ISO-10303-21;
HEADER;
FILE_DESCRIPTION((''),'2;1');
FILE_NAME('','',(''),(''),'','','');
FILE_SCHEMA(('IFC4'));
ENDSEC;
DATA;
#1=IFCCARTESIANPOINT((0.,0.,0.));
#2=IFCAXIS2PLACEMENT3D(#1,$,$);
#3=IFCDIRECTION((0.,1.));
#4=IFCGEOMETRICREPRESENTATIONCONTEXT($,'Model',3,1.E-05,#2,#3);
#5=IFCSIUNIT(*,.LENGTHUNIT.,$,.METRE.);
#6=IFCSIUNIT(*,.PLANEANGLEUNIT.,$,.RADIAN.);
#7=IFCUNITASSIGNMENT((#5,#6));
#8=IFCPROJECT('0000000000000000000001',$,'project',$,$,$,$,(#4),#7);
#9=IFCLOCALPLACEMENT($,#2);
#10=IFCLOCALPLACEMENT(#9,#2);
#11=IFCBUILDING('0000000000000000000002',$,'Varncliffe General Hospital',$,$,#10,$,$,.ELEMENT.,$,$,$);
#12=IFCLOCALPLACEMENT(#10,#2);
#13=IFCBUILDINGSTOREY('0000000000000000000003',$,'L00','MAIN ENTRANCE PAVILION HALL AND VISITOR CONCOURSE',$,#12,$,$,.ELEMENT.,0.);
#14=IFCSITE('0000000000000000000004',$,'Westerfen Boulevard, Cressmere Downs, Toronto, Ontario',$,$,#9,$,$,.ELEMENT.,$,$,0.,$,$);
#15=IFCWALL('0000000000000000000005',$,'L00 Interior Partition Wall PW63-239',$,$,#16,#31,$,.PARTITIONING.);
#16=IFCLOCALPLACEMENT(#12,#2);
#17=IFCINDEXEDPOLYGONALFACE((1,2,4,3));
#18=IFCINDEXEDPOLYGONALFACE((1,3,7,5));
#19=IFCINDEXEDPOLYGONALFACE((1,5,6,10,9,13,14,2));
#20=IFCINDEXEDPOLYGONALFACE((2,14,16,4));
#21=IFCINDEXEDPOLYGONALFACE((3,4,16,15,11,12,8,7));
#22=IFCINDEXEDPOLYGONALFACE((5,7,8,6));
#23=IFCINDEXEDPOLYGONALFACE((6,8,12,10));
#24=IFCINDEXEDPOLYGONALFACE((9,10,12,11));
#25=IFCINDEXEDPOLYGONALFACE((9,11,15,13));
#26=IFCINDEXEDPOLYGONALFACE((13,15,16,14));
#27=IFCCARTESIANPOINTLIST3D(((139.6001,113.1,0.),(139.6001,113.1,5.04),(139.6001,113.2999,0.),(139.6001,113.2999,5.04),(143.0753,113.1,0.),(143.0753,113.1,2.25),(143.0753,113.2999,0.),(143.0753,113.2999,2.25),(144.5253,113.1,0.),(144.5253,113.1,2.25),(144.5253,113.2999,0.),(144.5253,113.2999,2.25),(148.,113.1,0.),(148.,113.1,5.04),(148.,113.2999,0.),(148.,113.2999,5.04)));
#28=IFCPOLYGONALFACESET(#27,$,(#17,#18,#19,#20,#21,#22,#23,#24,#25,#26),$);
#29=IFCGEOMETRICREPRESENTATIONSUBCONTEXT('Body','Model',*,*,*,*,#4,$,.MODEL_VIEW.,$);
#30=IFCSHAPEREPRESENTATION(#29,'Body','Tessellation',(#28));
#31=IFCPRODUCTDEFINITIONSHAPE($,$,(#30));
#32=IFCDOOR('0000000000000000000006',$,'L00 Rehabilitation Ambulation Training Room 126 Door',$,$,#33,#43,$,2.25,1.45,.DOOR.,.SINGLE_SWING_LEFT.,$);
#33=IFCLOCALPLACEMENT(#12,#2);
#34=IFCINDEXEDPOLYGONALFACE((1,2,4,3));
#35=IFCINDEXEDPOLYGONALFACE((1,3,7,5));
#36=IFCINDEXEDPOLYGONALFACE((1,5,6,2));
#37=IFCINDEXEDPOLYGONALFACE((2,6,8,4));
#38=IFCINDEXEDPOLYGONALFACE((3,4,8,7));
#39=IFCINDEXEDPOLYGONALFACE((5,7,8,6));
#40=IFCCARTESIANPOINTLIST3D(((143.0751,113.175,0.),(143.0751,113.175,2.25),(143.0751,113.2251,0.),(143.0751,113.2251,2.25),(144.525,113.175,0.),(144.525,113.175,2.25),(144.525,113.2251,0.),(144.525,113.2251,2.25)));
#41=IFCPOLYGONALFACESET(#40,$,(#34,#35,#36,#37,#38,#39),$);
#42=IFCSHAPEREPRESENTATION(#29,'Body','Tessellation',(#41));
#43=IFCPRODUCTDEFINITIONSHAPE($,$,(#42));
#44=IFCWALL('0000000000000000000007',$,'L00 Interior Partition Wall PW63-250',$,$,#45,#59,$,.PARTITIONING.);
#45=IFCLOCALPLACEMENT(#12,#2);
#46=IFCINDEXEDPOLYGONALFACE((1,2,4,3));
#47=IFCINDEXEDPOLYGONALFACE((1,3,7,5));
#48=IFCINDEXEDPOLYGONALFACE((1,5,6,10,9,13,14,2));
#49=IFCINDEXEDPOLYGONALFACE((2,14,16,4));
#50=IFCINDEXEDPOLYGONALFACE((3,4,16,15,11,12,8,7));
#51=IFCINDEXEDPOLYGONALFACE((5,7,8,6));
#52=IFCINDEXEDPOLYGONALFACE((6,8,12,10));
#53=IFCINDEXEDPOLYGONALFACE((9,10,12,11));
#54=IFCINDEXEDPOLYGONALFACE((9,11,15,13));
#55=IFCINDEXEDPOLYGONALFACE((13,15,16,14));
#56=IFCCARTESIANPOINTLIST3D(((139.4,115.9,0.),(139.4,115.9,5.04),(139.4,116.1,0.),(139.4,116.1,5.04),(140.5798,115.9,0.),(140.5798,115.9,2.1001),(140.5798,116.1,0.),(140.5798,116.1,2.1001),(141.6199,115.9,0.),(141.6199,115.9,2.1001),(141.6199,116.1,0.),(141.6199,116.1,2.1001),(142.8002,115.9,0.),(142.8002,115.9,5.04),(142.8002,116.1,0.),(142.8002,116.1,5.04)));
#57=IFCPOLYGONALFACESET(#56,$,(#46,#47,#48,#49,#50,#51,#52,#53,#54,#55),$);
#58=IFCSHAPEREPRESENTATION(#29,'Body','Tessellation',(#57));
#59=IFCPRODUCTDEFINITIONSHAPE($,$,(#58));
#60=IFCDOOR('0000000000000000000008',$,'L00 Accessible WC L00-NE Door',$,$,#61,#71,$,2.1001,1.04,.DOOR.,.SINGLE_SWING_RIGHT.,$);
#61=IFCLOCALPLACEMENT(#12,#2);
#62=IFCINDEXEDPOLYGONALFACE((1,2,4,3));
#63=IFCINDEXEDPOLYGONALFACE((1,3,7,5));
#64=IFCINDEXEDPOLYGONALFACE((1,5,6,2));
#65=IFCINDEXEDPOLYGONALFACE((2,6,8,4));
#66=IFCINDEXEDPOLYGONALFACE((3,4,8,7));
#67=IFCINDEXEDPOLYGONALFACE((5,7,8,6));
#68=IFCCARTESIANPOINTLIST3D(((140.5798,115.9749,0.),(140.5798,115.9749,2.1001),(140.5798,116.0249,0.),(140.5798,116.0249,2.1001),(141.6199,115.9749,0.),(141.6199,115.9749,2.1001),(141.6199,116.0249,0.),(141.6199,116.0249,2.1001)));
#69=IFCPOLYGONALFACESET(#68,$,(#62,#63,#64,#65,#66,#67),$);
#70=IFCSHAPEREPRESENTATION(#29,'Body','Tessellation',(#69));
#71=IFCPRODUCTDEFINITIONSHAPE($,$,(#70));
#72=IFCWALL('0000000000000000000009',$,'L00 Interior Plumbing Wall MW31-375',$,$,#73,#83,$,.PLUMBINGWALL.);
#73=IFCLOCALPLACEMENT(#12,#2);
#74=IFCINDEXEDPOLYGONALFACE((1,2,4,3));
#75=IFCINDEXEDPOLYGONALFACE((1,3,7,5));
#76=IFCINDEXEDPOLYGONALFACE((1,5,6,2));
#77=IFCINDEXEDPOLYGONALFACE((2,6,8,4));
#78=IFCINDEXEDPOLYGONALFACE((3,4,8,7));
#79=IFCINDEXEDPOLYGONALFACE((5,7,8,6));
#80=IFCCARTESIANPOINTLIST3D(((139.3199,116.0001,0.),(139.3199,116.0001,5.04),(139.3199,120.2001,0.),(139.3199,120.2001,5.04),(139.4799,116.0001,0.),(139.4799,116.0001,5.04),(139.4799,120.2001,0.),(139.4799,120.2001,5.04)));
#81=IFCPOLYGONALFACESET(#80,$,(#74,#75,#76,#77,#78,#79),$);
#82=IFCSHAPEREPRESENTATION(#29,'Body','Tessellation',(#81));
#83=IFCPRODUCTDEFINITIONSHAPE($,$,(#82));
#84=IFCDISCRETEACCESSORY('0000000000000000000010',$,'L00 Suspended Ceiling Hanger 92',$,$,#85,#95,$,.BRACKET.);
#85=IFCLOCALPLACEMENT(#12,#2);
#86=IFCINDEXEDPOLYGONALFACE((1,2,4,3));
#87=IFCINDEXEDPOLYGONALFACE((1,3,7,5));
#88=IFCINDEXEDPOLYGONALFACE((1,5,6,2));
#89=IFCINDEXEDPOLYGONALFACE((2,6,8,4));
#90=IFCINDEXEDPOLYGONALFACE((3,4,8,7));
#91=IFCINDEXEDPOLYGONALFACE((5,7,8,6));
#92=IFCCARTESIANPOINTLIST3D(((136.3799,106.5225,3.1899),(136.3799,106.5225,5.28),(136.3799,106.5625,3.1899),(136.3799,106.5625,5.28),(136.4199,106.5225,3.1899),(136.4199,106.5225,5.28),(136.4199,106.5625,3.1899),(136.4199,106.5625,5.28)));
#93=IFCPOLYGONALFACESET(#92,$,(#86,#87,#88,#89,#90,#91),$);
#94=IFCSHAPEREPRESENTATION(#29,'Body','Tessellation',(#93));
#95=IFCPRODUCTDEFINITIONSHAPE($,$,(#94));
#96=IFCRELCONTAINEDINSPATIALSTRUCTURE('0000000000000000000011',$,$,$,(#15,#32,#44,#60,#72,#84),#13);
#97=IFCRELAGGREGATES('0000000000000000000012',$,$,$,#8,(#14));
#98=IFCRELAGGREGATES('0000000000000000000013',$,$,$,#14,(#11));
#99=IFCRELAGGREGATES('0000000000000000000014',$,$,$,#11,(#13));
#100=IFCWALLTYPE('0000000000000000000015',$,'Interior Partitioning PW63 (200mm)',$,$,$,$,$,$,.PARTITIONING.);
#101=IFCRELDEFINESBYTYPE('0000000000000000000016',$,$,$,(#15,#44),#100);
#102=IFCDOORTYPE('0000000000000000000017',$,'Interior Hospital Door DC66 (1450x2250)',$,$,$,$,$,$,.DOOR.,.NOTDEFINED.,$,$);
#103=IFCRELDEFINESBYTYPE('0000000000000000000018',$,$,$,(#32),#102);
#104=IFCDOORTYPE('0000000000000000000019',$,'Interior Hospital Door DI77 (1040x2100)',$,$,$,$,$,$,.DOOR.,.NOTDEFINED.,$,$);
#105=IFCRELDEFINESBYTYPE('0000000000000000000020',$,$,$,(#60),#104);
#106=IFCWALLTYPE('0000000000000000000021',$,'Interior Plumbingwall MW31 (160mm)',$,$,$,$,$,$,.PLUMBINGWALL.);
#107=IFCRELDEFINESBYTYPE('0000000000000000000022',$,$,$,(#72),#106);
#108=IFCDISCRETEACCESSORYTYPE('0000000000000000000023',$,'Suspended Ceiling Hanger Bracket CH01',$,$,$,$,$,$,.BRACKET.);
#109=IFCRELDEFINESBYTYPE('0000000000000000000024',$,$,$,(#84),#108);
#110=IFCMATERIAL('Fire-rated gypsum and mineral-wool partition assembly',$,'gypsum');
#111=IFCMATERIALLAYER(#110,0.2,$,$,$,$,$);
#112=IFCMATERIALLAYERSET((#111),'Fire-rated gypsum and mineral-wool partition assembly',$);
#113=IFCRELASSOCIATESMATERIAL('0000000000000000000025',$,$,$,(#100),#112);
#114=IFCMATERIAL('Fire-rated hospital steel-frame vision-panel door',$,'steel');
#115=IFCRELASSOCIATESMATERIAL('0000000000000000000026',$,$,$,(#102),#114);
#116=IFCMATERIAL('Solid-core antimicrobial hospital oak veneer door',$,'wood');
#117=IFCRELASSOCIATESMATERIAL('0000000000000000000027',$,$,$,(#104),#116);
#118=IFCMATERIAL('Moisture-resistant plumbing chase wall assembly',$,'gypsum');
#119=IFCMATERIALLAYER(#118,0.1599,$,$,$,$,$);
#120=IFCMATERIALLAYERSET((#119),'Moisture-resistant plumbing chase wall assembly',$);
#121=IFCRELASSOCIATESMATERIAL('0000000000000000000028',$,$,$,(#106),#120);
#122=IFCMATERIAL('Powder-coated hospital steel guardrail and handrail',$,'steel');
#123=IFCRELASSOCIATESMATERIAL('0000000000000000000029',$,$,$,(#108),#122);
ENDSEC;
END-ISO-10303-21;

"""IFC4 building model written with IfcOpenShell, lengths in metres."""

from ifc_helpers import new_model, si_unit, direction, frame, frame_2d, origin, origin_2d, place, context, subcontext, project, spatial, rectangle, extrude, material, layer, layer_set, type_object, element, fill, save


model = new_model("IFC4")

# Units and contexts
model_context = context("Model", 3, precision=1e-05, world=origin(), true_north=direction((0.0, 1.0)))
body_context = subcontext(model_context, "Body", "Model", "MODEL_VIEW")
ifc_project = project(units=[si_unit("LENGTHUNIT", "METRE"), si_unit("PLANEANGLEUNIT", "RADIAN")], contexts=[model_context])

# Site, building, storey
site_placement = place(None, origin())
site = spatial("IfcSite", under=ifc_project, at=site_placement, Name="Westerfen Boulevard, Cressmere Downs, Toronto, Ontario", CompositionType="ELEMENT", RefElevation=0.0)
building_placement = place(site_placement, origin())
building = spatial("IfcBuilding", under=site, at=building_placement, Name="Varncliffe General Hospital", CompositionType="ELEMENT")
storey_placement = place(building_placement, origin())
storey = spatial("IfcBuildingStorey", under=building, at=storey_placement, Name="L00", Description="MAIN ENTRANCE PAVILION HALL AND VISITOR CONCOURSE", CompositionType="ELEMENT", Elevation=0.0)

# Shared definitions
ifc_material_1 = material(Name="Fire-rated gypsum and mineral-wool partition assembly", Category="gypsum")
ifc_material_2 = material(Name="Fire-rated hospital steel-frame vision-panel door", Category="steel")

# Walls, openings, doors
ifc_layer_1 = layer(ifc_material_1, 0.2)
ifc_layer_set_1 = layer_set([ifc_layer_1], Name="Fire-rated gypsum and mineral-wool partition assembly")
wall_type_1 = type_object("IfcWallType", Name="Interior Partitioning PW63 (200mm)", PredefinedType="PARTITIONING", material=ifc_layer_set_1)
wall_1_placement = place(storey_placement, frame((139.6001, 113.2, 0.0), z_axis=(0.0, 0.0, 1.0), x_axis=(1.0, 0.0, 0.0)))
wall_1 = element("IfcWall", 1, at=wall_1_placement, inside=storey, type_object=wall_type_1, Name="L00 Interior Partition Wall PW63-239", PredefinedType="PARTITIONING", context=body_context, shape_type="SweptSolid", body=[
    extrude(rectangle(XDim=8.3999, YDim=0.2, at=frame_2d((4.2, 0.0))), origin(), (0.0, 0.0, 1.0), 5.04),
])
opening_1_placement = place(wall_1_placement, frame((3.4751, 0.0, 0.0)))
opening_1 = element("IfcOpeningElement", 2, at=opening_1_placement, cuts=wall_1, PredefinedType="OPENING", context=body_context, shape_type="SweptSolid", body=[
    extrude(rectangle(XDim=1.45, YDim=2.25, at=frame_2d((0.7251, 1.125))), frame((0.0, 0.1099, 0.0), z_axis=(0.0, -1.0, 0.0), x_axis=(1.0, 0.0, 0.0)), (0.0, 0.0, 1.0), 0.22),
])
door_type_1 = type_object("IfcDoorType", Name="Interior Hospital Door DC66 (1450x2250)", OperationType="NOTDEFINED", PredefinedType="DOOR", material=ifc_material_2)
door_1_placement = place(opening_1_placement, frame((1.45, 0.0, 0.0), z_axis=(0.0, 0.0, 1.0), x_axis=(-1.0, 0.0, 0.0)))
door_1 = element("IfcDoor", 3, at=door_1_placement, inside=storey, type_object=door_type_1, Name="L00 Rehabilitation Ambulation Training Room 126 Door", OperationType="SINGLE_SWING_LEFT", OverallHeight=2.25, OverallWidth=1.45, PredefinedType="DOOR", context=body_context, shape_type="SweptSolid", body=[
    extrude(rectangle(XDim=1.45, YDim=2.25, at=frame_2d((0.7251, 1.125))), frame((0.0, 0.0249, 0.0), z_axis=(0.0, -1.0, 0.0), x_axis=(1.0, 0.0, 0.0)), (0.0, 0.0, 1.0), 0.05),
])
fill(opening_1, door_1)
wall_2_placement = place(storey_placement, frame((139.3999, 116.0, 0.0), z_axis=(0.0, 0.0, 1.0), x_axis=(1.0, 0.0, 0.0)))
wall_2 = element("IfcWall", 4, at=wall_2_placement, inside=storey, type_object=wall_type_1, Name="L00 Interior Partition Wall PW63-250", PredefinedType="PARTITIONING", context=body_context, shape_type="SweptSolid", body=[
    extrude(rectangle(XDim=3.4001, YDim=0.2, at=frame_2d((1.7002, 0.0))), origin(), (0.0, 0.0, 1.0), 5.04),
])
opening_2_placement = place(wall_2_placement, frame((1.1799, 0.0, 0.0)))
opening_2 = element("IfcOpeningElement", 5, at=opening_2_placement, cuts=wall_2, PredefinedType="OPENING", context=body_context, shape_type="SweptSolid", body=[
    extrude(rectangle(XDim=1.04, YDim=2.1001, at=frame_2d((0.52, 1.05))), frame((0.0, 0.1099, 0.0), z_axis=(0.0, -1.0, 0.0), x_axis=(1.0, 0.0, 0.0)), (0.0, 0.0, 1.0), 0.22),
])
ifc_material_3 = material(Name="Solid-core antimicrobial hospital oak veneer door", Category="wood")
door_type_2 = type_object("IfcDoorType", Name="Interior Hospital Door DI77 (1040x2100)", OperationType="NOTDEFINED", PredefinedType="DOOR", material=ifc_material_3)
door_2_placement = place(opening_2_placement, origin())
door_2 = element("IfcDoor", 6, at=door_2_placement, inside=storey, type_object=door_type_2, Name="L00 Accessible WC L00-NE Door", OperationType="SINGLE_SWING_RIGHT", OverallHeight=2.1001, OverallWidth=1.04, PredefinedType="DOOR", context=body_context, shape_type="SweptSolid", body=[
    extrude(rectangle(XDim=1.04, YDim=2.1001, at=frame_2d((0.52, 1.05))), frame((0.0, 0.0249, 0.0), z_axis=(0.0, -1.0, 0.0), x_axis=(1.0, 0.0, 0.0)), (0.0, 0.0, 1.0), 0.05),
])
fill(opening_2, door_2)

# Wall
ifc_material_4 = material(Name="Moisture-resistant plumbing chase wall assembly", Category="gypsum")
ifc_layer_2 = layer(ifc_material_4, 0.1599)
ifc_layer_set_2 = layer_set([ifc_layer_2], Name="Moisture-resistant plumbing chase wall assembly")
wall_type_2 = type_object("IfcWallType", Name="Interior Plumbingwall MW31 (160mm)", PredefinedType="PLUMBINGWALL", material=ifc_layer_set_2)
wall_3_placement = place(storey_placement, frame((139.3999, 116.0, 0.0), z_axis=(0.0, 0.0, 1.0), x_axis=(0.0, 1.0, 0.0)))
element("IfcWall", 7, at=wall_3_placement, inside=storey, type_object=wall_type_2, Name="L00 Interior Plumbing Wall MW31-375", PredefinedType="PLUMBINGWALL", context=body_context, shape_type="SweptSolid", body=[
    extrude(rectangle(XDim=4.2, YDim=0.1599, at=frame_2d((2.1001, 0.0))), origin(), (0.0, 0.0, 1.0), 5.04),
])

# Discrete accessory
ifc_material_5 = material(Name="Powder-coated hospital steel guardrail and handrail", Category="steel")
discrete_accessory_type = type_object("IfcDiscreteAccessoryType", Name="Suspended Ceiling Hanger Bracket CH01", PredefinedType="BRACKET", material=ifc_material_5)
discrete_accessory_placement = place(storey_placement, frame((136.3999, 106.5425, 3.1899), z_axis=(0.0, 0.0, 1.0), x_axis=(1.0, 0.0, 0.0)))
element("IfcDiscreteAccessory", 8, at=discrete_accessory_placement, inside=storey, type_object=discrete_accessory_type, Name="L00 Suspended Ceiling Hanger 92", PredefinedType="BRACKET", context=body_context, shape_type="SweptSolid", body=[
    extrude(rectangle(XDim=0.04, YDim=0.04, at=origin_2d()), origin(), (0.0, 0.0, 1.0), 2.0901),
])

save(model, "model.ifc")
